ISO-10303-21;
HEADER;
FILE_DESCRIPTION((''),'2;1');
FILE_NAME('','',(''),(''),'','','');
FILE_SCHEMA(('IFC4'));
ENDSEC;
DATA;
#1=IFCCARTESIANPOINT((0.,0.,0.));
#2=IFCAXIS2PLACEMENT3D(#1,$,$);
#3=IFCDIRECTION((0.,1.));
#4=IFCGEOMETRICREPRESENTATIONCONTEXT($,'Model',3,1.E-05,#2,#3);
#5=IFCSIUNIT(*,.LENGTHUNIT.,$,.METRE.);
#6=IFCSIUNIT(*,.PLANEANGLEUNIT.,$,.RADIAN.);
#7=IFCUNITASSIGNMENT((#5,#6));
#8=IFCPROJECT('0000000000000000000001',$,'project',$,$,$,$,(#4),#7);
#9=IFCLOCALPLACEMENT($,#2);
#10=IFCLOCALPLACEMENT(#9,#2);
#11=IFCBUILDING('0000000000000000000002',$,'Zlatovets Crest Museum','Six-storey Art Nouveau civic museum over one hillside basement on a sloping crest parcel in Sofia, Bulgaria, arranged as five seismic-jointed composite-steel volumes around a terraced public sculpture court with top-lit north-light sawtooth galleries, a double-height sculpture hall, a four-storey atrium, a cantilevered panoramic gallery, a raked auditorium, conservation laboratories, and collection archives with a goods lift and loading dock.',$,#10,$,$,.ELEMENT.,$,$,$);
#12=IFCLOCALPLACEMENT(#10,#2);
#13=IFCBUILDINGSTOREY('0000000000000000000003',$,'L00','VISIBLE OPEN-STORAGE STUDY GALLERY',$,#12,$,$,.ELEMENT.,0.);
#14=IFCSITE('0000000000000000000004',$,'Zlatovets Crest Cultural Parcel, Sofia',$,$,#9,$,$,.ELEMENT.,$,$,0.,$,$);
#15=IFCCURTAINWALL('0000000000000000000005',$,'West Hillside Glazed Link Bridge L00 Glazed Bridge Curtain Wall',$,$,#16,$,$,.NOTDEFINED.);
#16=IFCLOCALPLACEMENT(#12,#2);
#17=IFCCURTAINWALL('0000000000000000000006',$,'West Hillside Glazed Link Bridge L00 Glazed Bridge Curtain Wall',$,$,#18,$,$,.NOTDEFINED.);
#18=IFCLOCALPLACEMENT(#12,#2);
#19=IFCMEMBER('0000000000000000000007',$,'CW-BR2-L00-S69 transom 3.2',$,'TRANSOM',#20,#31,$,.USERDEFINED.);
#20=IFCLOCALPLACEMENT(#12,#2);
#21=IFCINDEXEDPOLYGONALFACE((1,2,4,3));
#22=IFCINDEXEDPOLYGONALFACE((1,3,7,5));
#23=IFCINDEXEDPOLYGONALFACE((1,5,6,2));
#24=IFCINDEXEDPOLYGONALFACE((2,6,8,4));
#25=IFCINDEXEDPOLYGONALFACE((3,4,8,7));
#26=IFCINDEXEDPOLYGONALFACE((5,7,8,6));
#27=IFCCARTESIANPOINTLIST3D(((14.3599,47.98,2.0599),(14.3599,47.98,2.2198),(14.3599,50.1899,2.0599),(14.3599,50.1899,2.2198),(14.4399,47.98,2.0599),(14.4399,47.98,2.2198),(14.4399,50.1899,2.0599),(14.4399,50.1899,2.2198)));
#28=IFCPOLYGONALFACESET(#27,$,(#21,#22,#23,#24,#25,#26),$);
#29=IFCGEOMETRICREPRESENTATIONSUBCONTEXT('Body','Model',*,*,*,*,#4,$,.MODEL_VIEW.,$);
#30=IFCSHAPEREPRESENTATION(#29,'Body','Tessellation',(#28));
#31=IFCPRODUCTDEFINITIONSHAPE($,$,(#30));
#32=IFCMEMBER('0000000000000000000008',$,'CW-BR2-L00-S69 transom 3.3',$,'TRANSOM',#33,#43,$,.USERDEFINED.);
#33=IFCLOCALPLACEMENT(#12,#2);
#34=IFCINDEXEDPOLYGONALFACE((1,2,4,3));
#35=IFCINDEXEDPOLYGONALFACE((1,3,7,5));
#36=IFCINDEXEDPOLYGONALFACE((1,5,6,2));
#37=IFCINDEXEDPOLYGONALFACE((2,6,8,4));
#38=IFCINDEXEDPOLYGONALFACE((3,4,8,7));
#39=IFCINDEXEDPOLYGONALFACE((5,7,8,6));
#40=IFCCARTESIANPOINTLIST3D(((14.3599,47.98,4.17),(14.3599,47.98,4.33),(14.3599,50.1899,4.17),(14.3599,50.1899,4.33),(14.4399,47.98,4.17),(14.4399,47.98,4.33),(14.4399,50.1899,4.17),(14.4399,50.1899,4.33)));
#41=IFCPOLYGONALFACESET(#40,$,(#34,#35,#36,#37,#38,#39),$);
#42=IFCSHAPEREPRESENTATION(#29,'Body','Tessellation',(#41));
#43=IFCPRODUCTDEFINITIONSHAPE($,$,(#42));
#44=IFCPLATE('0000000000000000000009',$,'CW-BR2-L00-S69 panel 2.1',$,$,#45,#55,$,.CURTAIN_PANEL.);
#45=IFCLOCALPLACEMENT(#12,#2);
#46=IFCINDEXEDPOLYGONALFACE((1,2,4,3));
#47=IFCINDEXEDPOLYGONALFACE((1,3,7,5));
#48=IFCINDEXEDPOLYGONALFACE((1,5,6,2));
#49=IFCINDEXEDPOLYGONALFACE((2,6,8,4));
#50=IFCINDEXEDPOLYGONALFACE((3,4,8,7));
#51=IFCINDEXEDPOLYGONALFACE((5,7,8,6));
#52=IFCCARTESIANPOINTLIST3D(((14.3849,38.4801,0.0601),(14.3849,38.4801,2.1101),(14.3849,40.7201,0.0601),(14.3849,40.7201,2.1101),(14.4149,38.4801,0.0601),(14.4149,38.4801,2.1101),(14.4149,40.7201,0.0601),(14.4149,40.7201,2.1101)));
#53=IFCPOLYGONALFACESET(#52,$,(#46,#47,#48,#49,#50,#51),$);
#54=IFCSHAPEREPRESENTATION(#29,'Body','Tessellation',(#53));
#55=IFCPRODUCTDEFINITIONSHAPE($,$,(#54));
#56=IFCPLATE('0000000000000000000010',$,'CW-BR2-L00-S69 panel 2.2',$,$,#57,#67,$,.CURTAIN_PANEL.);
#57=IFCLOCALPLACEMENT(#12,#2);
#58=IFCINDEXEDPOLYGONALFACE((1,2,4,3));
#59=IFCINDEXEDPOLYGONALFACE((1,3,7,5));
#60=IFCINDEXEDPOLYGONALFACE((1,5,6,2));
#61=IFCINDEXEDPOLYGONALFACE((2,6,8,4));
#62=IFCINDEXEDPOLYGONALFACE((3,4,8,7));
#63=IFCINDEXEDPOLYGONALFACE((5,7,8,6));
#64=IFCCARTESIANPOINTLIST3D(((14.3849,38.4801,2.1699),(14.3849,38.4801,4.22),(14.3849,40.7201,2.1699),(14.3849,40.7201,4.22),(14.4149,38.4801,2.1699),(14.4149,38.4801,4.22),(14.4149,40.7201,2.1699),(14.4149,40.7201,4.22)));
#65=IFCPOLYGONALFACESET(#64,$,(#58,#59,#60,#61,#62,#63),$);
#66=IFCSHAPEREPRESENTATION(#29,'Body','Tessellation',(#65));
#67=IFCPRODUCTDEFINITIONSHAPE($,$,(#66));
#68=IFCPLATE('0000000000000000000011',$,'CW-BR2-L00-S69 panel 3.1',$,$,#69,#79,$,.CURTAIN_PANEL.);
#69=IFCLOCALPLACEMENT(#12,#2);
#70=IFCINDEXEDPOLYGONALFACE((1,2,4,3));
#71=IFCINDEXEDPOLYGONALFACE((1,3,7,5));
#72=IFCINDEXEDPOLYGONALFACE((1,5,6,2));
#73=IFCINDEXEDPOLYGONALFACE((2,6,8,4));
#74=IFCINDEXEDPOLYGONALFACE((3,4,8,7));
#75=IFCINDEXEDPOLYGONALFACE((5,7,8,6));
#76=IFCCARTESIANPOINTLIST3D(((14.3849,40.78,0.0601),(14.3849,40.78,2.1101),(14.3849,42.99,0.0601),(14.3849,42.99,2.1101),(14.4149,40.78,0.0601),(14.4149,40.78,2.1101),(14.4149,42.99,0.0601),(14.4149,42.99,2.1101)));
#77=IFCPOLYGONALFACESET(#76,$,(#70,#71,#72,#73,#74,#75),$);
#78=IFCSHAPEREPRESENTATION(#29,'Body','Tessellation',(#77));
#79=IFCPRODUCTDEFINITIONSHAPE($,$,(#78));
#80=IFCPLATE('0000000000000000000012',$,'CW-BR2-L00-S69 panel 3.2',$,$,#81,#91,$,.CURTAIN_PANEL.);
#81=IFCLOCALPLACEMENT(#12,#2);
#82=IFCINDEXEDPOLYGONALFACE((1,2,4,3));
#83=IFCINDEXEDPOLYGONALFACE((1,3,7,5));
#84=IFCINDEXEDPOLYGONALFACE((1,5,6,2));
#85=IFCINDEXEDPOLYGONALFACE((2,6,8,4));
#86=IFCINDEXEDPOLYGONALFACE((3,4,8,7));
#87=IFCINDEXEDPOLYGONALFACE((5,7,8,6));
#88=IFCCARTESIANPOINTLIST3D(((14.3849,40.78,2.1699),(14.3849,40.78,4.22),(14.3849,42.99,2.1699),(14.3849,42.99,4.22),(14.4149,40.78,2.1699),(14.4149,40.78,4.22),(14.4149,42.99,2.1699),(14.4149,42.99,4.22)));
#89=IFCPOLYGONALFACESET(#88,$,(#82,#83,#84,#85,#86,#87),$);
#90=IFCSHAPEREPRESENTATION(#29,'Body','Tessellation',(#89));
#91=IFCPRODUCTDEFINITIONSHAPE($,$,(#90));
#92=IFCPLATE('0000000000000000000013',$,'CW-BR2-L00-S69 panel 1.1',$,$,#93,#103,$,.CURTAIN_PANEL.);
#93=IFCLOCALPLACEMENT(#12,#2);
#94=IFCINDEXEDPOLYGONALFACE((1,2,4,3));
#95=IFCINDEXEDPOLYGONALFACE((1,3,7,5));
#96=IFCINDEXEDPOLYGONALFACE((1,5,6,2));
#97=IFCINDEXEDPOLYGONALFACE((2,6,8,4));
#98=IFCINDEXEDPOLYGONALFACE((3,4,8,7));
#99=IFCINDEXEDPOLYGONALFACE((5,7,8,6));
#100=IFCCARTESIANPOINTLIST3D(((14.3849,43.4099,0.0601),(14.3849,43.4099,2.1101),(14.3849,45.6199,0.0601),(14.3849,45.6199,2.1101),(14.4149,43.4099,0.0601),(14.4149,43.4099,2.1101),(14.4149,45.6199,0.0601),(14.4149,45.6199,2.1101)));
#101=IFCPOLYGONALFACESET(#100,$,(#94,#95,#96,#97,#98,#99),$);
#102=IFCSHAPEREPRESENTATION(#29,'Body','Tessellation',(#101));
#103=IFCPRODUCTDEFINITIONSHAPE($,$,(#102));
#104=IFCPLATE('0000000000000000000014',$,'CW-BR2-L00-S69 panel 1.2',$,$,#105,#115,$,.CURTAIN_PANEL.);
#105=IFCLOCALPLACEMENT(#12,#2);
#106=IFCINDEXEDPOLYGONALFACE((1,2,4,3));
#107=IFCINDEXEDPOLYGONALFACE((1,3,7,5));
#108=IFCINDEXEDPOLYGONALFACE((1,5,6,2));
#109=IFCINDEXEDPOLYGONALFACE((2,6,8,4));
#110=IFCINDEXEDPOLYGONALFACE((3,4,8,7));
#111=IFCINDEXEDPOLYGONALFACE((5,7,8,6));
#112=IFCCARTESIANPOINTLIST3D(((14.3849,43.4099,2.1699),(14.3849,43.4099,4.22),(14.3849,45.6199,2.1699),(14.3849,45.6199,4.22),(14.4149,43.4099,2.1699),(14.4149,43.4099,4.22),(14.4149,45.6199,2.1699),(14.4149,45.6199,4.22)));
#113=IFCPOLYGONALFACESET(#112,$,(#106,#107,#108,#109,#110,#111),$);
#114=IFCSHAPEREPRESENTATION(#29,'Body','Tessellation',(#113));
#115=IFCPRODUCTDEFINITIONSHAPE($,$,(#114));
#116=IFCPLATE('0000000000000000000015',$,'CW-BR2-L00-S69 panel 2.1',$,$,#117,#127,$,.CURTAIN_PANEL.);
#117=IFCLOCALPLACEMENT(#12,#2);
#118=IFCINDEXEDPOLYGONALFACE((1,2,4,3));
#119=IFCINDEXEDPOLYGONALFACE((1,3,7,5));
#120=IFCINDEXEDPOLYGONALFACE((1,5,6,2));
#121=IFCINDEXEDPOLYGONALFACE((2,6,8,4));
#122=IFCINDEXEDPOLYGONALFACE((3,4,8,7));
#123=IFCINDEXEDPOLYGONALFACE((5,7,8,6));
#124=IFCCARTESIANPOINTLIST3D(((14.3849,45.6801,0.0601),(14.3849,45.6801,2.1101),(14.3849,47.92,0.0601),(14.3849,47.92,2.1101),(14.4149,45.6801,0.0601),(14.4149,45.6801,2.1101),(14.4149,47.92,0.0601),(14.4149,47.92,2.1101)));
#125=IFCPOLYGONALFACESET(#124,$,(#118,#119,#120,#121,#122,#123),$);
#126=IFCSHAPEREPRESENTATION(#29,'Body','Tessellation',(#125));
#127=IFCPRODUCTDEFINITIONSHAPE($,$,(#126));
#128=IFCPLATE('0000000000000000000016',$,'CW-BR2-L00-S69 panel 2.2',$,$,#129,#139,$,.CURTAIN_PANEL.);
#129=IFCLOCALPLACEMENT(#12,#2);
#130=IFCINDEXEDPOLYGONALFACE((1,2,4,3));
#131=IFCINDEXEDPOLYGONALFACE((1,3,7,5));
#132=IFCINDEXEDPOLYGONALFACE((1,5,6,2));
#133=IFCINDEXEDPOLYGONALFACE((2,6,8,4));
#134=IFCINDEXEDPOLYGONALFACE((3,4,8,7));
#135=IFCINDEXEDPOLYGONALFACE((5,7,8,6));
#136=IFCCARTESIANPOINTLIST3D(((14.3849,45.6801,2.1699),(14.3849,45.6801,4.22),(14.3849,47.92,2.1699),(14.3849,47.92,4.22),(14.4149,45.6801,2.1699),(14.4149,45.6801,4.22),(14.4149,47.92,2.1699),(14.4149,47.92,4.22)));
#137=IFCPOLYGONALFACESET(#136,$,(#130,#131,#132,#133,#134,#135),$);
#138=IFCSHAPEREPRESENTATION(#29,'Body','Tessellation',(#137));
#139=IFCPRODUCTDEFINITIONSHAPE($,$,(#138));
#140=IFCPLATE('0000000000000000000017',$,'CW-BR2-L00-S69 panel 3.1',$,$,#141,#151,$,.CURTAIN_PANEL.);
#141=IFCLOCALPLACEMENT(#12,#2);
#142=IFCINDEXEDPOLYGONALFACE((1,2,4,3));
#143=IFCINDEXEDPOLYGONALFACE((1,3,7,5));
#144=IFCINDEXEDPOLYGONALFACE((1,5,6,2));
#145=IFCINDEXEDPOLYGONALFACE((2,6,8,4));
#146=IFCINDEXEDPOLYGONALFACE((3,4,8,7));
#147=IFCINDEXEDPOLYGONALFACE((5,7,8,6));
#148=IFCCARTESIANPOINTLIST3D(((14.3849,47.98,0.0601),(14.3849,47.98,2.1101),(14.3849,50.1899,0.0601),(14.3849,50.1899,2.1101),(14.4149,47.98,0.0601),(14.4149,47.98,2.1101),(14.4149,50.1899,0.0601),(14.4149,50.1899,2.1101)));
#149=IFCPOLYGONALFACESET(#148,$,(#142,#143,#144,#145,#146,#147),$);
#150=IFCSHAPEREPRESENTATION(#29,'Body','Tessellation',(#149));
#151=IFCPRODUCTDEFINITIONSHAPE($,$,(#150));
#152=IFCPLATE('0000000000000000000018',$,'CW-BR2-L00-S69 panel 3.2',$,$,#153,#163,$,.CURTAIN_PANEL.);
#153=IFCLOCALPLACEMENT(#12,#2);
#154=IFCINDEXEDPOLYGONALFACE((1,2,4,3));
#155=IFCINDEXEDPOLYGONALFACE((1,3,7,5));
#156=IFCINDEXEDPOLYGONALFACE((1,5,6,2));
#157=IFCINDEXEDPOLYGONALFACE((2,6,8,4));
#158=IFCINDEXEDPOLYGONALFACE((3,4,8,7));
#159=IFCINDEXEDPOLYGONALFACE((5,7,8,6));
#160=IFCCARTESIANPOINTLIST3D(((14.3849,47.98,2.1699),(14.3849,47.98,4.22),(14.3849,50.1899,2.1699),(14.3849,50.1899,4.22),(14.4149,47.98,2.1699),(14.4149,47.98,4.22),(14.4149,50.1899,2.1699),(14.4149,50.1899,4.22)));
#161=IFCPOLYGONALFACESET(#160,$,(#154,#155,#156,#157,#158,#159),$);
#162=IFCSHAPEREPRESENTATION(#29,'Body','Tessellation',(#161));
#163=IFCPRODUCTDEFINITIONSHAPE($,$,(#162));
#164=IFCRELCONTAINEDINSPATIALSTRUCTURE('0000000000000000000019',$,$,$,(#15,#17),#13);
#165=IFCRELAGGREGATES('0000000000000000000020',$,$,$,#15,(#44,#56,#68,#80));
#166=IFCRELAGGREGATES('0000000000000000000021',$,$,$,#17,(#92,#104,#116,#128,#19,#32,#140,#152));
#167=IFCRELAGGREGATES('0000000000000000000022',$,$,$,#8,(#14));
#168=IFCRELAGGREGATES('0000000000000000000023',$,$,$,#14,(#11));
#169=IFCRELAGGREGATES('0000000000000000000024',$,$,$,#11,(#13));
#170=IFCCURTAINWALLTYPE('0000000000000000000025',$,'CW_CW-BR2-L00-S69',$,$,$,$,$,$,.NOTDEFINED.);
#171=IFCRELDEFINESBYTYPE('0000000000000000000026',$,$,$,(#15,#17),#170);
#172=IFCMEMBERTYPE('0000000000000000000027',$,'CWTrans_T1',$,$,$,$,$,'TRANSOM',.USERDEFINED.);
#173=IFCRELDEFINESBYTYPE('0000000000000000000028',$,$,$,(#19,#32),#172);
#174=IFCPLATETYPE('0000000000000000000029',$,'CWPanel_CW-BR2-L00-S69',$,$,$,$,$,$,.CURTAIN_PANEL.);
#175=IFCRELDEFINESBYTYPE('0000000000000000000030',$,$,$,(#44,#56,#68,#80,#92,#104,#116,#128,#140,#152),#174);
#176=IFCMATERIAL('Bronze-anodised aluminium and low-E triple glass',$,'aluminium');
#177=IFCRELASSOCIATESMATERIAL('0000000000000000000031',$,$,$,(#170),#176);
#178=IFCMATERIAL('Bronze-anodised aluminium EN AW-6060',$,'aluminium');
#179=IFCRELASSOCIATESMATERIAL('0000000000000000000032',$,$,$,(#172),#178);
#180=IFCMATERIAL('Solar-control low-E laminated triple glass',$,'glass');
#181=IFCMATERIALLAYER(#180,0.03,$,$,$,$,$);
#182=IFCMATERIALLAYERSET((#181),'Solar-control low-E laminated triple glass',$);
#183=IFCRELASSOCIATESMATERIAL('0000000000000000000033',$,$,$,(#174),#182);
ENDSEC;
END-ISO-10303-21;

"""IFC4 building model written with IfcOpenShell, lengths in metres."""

from ifc_helpers import new_model, si_unit, direction, frame, origin, origin_2d, place, context, subcontext, project, spatial, rectangle, extrude, material, layer, layer_set, material_profile, profile_set, type_object, element, aggregate, save


model = new_model("IFC4")

# Units and contexts
model_context = context("Model", 3, precision=1e-05, world=origin(), true_north=direction((0.0, 1.0)))
body_context = subcontext(model_context, "Body", "Model", "MODEL_VIEW")
ifc_project = project(units=[si_unit("LENGTHUNIT", "METRE"), si_unit("PLANEANGLEUNIT", "RADIAN")], contexts=[model_context])

# Site, building, storey
site_placement = place(None, origin())
site = spatial("IfcSite", under=ifc_project, at=site_placement, Name="Zlatovets Crest Cultural Parcel, Sofia", CompositionType="ELEMENT", RefElevation=0.0)
building_placement = place(site_placement, origin())
building = spatial("IfcBuilding", under=site, at=building_placement, Name="Zlatovets Crest Museum", Description="Six-storey Art Nouveau civic museum over one hillside basement on a sloping crest parcel in Sofia, Bulgaria, arranged as five seismic-jointed composite-steel volumes around a terraced public sculpture court with top-lit north-light sawtooth galleries, a double-height sculpture hall, a four-storey atrium, a cantilevered panoramic gallery, a raked auditorium, conservation laboratories, and collection archives with a goods lift and loading dock.", CompositionType="ELEMENT")
storey_placement = place(building_placement, origin())
storey = spatial("IfcBuildingStorey", under=building, at=storey_placement, Name="L00", Description="VISIBLE OPEN-STORAGE STUDY GALLERY", CompositionType="ELEMENT", Elevation=0.0)

# Curtain walls
ifc_material_1 = material(Name="Bronze-anodised aluminium and low-E triple glass", Category="aluminium")
curtain_wall_type = type_object("IfcCurtainWallType", Name="CW_CW-BR2-L00-S69", PredefinedType="NOTDEFINED", material=ifc_material_1)
curtain_wall_1_placement = place(storey_placement, origin())
curtain_wall_1 = element("IfcCurtainWall", 1, at=curtain_wall_1_placement, inside=storey, type_object=curtain_wall_type, Name="West Hillside Glazed Link Bridge L00 Glazed Bridge Curtain Wall", PredefinedType="NOTDEFINED")
ifc_material_2 = material(Name="Bronze-anodised aluminium EN AW-6060", Category="aluminium")
curtain_wall_2_placement = place(storey_placement, origin())
curtain_wall_2 = element("IfcCurtainWall", 2, at=curtain_wall_2_placement, inside=storey, type_object=curtain_wall_type, Name="West Hillside Glazed Link Bridge L00 Glazed Bridge Curtain Wall", PredefinedType="NOTDEFINED")

# Members
ifc_material_profile_1 = material_profile(ifc_material_2, rectangle(XDim=0.0801, YDim=0.1599, at=origin_2d()), Name="ALU 80x160")
ifc_profile_set_1 = profile_set([ifc_material_profile_1], Name="Bronze-anodised aluminium EN AW-6060")
member_type_1 = type_object("IfcMemberType", Name="CWTrans_T1", ElementType="TRANSOM", PredefinedType="USERDEFINED", material=ifc_profile_set_1)
member_1_placement = place(storey_placement, frame((14.3999, 47.98, 2.1399), z_axis=(0.0, 1.0, 0.0), x_axis=(-1.0, 0.0, 0.0)))
member_1 = element("IfcMember", 3, at=member_1_placement, type_object=member_type_1, Name="CW-BR2-L00-S69 transom 3.2", ObjectType="TRANSOM", PredefinedType="USERDEFINED", context=body_context, shape_type="SweptSolid", body=[
    extrude(rectangle(XDim=0.0801, YDim=0.1599, at=origin_2d()), origin(), (0.0, 0.0, 1.0), 2.21),
])
member_2_placement = place(storey_placement, frame((14.3999, 47.98, 4.25), z_axis=(0.0, 1.0, 0.0), x_axis=(-1.0, 0.0, 0.0)))
member_2 = element("IfcMember", 4, at=member_2_placement, type_object=member_type_1, Name="CW-BR2-L00-S69 transom 3.3", ObjectType="TRANSOM", PredefinedType="USERDEFINED", context=body_context, shape_type="SweptSolid", body=[
    extrude(rectangle(XDim=0.0801, YDim=0.1599, at=origin_2d()), origin(), (0.0, 0.0, 1.0), 2.21),
])

# Plates
ifc_material_3 = material(Name="Solar-control low-E laminated triple glass", Category="glass")
ifc_layer_1 = layer(ifc_material_3, 0.03)
ifc_layer_set_1 = layer_set([ifc_layer_1], Name="Solar-control low-E laminated triple glass")
plate_type = type_object("IfcPlateType", Name="CWPanel_CW-BR2-L00-S69", PredefinedType="CURTAIN_PANEL", material=ifc_layer_set_1)
plate_1_placement = place(storey_placement, frame((14.3999, 39.6001, 0.0601), z_axis=(0.0, 0.0, 1.0), x_axis=(0.0, 1.0, 0.0)))
plate_1 = element("IfcPlate", 5, at=plate_1_placement, type_object=plate_type, Name="CW-BR2-L00-S69 panel 2.1", PredefinedType="CURTAIN_PANEL", context=body_context, shape_type="SweptSolid", body=[
    extrude(rectangle(XDim=2.24, YDim=0.03, at=origin_2d()), origin(), (0.0, 0.0, 1.0), 2.05),
])
plate_2_placement = place(storey_placement, frame((14.3999, 39.6001, 2.1699), z_axis=(0.0, 0.0, 1.0), x_axis=(0.0, 1.0, 0.0)))
plate_2 = element("IfcPlate", 6, at=plate_2_placement, type_object=plate_type, Name="CW-BR2-L00-S69 panel 2.2", PredefinedType="CURTAIN_PANEL", context=body_context, shape_type="SweptSolid", body=[
    extrude(rectangle(XDim=2.24, YDim=0.03, at=origin_2d()), origin(), (0.0, 0.0, 1.0), 2.05),
])
plate_3_placement = place(storey_placement, frame((14.3999, 41.885, 0.0601), z_axis=(0.0, 0.0, 1.0), x_axis=(0.0, 1.0, 0.0)))
plate_3 = element("IfcPlate", 7, at=plate_3_placement, type_object=plate_type, Name="CW-BR2-L00-S69 panel 3.1", PredefinedType="CURTAIN_PANEL", context=body_context, shape_type="SweptSolid", body=[
    extrude(rectangle(XDim=2.21, YDim=0.03, at=origin_2d()), origin(), (0.0, 0.0, 1.0), 2.05),
])
plate_4_placement = place(storey_placement, frame((14.3999, 41.885, 2.1699), z_axis=(0.0, 0.0, 1.0), x_axis=(0.0, 1.0, 0.0)))
plate_4 = element("IfcPlate", 8, at=plate_4_placement, type_object=plate_type, Name="CW-BR2-L00-S69 panel 3.2", PredefinedType="CURTAIN_PANEL", context=body_context, shape_type="SweptSolid", body=[
    extrude(rectangle(XDim=2.21, YDim=0.03, at=origin_2d()), origin(), (0.0, 0.0, 1.0), 2.05),
])
aggregate(curtain_wall_1, [plate_1, plate_2, plate_3, plate_4])
plate_5_placement = place(storey_placement, frame((14.3999, 44.5149, 0.0601), z_axis=(0.0, 0.0, 1.0), x_axis=(0.0, 1.0, 0.0)))
plate_5 = element("IfcPlate", 9, at=plate_5_placement, type_object=plate_type, Name="CW-BR2-L00-S69 panel 1.1", PredefinedType="CURTAIN_PANEL", context=body_context, shape_type="SweptSolid", body=[
    extrude(rectangle(XDim=2.21, YDim=0.03, at=origin_2d()), origin(), (0.0, 0.0, 1.0), 2.05),
])
plate_6_placement = place(storey_placement, frame((14.3999, 44.5149, 2.1699), z_axis=(0.0, 0.0, 1.0), x_axis=(0.0, 1.0, 0.0)))
plate_6 = element("IfcPlate", 10, at=plate_6_placement, type_object=plate_type, Name="CW-BR2-L00-S69 panel 1.2", PredefinedType="CURTAIN_PANEL", context=body_context, shape_type="SweptSolid", body=[
    extrude(rectangle(XDim=2.21, YDim=0.03, at=origin_2d()), origin(), (0.0, 0.0, 1.0), 2.05),
])
plate_7_placement = place(storey_placement, frame((14.3999, 46.8, 0.0601), z_axis=(0.0, 0.0, 1.0), x_axis=(0.0, 1.0, 0.0)))
plate_7 = element("IfcPlate", 11, at=plate_7_placement, type_object=plate_type, Name="CW-BR2-L00-S69 panel 2.1", PredefinedType="CURTAIN_PANEL", context=body_context, shape_type="SweptSolid", body=[
    extrude(rectangle(XDim=2.24, YDim=0.03, at=origin_2d()), origin(), (0.0, 0.0, 1.0), 2.05),
])
plate_8_placement = place(storey_placement, frame((14.3999, 46.8, 2.1699), z_axis=(0.0, 0.0, 1.0), x_axis=(0.0, 1.0, 0.0)))
plate_8 = element("IfcPlate", 12, at=plate_8_placement, type_object=plate_type, Name="CW-BR2-L00-S69 panel 2.2", PredefinedType="CURTAIN_PANEL", context=body_context, shape_type="SweptSolid", body=[
    extrude(rectangle(XDim=2.24, YDim=0.03, at=origin_2d()), origin(), (0.0, 0.0, 1.0), 2.05),
])
plate_9_placement = place(storey_placement, frame((14.3999, 49.085, 0.0601), z_axis=(0.0, 0.0, 1.0), x_axis=(0.0, 1.0, 0.0)))
plate_9 = element("IfcPlate", 13, at=plate_9_placement, type_object=plate_type, Name="CW-BR2-L00-S69 panel 3.1", PredefinedType="CURTAIN_PANEL", context=body_context, shape_type="SweptSolid", body=[
    extrude(rectangle(XDim=2.21, YDim=0.03, at=origin_2d()), origin(), (0.0, 0.0, 1.0), 2.05),
])
plate_10_placement = place(storey_placement, frame((14.3999, 49.085, 2.1699), z_axis=(0.0, 0.0, 1.0), x_axis=(0.0, 1.0, 0.0)))
plate_10 = element("IfcPlate", 14, at=plate_10_placement, type_object=plate_type, Name="CW-BR2-L00-S69 panel 3.2", PredefinedType="CURTAIN_PANEL", context=body_context, shape_type="SweptSolid", body=[
    extrude(rectangle(XDim=2.21, YDim=0.03, at=origin_2d()), origin(), (0.0, 0.0, 1.0), 2.05),
])
aggregate(curtain_wall_2, [plate_5, plate_6, plate_7, plate_8, member_1, member_2, plate_9, plate_10])

save(model, "model.ifc")
